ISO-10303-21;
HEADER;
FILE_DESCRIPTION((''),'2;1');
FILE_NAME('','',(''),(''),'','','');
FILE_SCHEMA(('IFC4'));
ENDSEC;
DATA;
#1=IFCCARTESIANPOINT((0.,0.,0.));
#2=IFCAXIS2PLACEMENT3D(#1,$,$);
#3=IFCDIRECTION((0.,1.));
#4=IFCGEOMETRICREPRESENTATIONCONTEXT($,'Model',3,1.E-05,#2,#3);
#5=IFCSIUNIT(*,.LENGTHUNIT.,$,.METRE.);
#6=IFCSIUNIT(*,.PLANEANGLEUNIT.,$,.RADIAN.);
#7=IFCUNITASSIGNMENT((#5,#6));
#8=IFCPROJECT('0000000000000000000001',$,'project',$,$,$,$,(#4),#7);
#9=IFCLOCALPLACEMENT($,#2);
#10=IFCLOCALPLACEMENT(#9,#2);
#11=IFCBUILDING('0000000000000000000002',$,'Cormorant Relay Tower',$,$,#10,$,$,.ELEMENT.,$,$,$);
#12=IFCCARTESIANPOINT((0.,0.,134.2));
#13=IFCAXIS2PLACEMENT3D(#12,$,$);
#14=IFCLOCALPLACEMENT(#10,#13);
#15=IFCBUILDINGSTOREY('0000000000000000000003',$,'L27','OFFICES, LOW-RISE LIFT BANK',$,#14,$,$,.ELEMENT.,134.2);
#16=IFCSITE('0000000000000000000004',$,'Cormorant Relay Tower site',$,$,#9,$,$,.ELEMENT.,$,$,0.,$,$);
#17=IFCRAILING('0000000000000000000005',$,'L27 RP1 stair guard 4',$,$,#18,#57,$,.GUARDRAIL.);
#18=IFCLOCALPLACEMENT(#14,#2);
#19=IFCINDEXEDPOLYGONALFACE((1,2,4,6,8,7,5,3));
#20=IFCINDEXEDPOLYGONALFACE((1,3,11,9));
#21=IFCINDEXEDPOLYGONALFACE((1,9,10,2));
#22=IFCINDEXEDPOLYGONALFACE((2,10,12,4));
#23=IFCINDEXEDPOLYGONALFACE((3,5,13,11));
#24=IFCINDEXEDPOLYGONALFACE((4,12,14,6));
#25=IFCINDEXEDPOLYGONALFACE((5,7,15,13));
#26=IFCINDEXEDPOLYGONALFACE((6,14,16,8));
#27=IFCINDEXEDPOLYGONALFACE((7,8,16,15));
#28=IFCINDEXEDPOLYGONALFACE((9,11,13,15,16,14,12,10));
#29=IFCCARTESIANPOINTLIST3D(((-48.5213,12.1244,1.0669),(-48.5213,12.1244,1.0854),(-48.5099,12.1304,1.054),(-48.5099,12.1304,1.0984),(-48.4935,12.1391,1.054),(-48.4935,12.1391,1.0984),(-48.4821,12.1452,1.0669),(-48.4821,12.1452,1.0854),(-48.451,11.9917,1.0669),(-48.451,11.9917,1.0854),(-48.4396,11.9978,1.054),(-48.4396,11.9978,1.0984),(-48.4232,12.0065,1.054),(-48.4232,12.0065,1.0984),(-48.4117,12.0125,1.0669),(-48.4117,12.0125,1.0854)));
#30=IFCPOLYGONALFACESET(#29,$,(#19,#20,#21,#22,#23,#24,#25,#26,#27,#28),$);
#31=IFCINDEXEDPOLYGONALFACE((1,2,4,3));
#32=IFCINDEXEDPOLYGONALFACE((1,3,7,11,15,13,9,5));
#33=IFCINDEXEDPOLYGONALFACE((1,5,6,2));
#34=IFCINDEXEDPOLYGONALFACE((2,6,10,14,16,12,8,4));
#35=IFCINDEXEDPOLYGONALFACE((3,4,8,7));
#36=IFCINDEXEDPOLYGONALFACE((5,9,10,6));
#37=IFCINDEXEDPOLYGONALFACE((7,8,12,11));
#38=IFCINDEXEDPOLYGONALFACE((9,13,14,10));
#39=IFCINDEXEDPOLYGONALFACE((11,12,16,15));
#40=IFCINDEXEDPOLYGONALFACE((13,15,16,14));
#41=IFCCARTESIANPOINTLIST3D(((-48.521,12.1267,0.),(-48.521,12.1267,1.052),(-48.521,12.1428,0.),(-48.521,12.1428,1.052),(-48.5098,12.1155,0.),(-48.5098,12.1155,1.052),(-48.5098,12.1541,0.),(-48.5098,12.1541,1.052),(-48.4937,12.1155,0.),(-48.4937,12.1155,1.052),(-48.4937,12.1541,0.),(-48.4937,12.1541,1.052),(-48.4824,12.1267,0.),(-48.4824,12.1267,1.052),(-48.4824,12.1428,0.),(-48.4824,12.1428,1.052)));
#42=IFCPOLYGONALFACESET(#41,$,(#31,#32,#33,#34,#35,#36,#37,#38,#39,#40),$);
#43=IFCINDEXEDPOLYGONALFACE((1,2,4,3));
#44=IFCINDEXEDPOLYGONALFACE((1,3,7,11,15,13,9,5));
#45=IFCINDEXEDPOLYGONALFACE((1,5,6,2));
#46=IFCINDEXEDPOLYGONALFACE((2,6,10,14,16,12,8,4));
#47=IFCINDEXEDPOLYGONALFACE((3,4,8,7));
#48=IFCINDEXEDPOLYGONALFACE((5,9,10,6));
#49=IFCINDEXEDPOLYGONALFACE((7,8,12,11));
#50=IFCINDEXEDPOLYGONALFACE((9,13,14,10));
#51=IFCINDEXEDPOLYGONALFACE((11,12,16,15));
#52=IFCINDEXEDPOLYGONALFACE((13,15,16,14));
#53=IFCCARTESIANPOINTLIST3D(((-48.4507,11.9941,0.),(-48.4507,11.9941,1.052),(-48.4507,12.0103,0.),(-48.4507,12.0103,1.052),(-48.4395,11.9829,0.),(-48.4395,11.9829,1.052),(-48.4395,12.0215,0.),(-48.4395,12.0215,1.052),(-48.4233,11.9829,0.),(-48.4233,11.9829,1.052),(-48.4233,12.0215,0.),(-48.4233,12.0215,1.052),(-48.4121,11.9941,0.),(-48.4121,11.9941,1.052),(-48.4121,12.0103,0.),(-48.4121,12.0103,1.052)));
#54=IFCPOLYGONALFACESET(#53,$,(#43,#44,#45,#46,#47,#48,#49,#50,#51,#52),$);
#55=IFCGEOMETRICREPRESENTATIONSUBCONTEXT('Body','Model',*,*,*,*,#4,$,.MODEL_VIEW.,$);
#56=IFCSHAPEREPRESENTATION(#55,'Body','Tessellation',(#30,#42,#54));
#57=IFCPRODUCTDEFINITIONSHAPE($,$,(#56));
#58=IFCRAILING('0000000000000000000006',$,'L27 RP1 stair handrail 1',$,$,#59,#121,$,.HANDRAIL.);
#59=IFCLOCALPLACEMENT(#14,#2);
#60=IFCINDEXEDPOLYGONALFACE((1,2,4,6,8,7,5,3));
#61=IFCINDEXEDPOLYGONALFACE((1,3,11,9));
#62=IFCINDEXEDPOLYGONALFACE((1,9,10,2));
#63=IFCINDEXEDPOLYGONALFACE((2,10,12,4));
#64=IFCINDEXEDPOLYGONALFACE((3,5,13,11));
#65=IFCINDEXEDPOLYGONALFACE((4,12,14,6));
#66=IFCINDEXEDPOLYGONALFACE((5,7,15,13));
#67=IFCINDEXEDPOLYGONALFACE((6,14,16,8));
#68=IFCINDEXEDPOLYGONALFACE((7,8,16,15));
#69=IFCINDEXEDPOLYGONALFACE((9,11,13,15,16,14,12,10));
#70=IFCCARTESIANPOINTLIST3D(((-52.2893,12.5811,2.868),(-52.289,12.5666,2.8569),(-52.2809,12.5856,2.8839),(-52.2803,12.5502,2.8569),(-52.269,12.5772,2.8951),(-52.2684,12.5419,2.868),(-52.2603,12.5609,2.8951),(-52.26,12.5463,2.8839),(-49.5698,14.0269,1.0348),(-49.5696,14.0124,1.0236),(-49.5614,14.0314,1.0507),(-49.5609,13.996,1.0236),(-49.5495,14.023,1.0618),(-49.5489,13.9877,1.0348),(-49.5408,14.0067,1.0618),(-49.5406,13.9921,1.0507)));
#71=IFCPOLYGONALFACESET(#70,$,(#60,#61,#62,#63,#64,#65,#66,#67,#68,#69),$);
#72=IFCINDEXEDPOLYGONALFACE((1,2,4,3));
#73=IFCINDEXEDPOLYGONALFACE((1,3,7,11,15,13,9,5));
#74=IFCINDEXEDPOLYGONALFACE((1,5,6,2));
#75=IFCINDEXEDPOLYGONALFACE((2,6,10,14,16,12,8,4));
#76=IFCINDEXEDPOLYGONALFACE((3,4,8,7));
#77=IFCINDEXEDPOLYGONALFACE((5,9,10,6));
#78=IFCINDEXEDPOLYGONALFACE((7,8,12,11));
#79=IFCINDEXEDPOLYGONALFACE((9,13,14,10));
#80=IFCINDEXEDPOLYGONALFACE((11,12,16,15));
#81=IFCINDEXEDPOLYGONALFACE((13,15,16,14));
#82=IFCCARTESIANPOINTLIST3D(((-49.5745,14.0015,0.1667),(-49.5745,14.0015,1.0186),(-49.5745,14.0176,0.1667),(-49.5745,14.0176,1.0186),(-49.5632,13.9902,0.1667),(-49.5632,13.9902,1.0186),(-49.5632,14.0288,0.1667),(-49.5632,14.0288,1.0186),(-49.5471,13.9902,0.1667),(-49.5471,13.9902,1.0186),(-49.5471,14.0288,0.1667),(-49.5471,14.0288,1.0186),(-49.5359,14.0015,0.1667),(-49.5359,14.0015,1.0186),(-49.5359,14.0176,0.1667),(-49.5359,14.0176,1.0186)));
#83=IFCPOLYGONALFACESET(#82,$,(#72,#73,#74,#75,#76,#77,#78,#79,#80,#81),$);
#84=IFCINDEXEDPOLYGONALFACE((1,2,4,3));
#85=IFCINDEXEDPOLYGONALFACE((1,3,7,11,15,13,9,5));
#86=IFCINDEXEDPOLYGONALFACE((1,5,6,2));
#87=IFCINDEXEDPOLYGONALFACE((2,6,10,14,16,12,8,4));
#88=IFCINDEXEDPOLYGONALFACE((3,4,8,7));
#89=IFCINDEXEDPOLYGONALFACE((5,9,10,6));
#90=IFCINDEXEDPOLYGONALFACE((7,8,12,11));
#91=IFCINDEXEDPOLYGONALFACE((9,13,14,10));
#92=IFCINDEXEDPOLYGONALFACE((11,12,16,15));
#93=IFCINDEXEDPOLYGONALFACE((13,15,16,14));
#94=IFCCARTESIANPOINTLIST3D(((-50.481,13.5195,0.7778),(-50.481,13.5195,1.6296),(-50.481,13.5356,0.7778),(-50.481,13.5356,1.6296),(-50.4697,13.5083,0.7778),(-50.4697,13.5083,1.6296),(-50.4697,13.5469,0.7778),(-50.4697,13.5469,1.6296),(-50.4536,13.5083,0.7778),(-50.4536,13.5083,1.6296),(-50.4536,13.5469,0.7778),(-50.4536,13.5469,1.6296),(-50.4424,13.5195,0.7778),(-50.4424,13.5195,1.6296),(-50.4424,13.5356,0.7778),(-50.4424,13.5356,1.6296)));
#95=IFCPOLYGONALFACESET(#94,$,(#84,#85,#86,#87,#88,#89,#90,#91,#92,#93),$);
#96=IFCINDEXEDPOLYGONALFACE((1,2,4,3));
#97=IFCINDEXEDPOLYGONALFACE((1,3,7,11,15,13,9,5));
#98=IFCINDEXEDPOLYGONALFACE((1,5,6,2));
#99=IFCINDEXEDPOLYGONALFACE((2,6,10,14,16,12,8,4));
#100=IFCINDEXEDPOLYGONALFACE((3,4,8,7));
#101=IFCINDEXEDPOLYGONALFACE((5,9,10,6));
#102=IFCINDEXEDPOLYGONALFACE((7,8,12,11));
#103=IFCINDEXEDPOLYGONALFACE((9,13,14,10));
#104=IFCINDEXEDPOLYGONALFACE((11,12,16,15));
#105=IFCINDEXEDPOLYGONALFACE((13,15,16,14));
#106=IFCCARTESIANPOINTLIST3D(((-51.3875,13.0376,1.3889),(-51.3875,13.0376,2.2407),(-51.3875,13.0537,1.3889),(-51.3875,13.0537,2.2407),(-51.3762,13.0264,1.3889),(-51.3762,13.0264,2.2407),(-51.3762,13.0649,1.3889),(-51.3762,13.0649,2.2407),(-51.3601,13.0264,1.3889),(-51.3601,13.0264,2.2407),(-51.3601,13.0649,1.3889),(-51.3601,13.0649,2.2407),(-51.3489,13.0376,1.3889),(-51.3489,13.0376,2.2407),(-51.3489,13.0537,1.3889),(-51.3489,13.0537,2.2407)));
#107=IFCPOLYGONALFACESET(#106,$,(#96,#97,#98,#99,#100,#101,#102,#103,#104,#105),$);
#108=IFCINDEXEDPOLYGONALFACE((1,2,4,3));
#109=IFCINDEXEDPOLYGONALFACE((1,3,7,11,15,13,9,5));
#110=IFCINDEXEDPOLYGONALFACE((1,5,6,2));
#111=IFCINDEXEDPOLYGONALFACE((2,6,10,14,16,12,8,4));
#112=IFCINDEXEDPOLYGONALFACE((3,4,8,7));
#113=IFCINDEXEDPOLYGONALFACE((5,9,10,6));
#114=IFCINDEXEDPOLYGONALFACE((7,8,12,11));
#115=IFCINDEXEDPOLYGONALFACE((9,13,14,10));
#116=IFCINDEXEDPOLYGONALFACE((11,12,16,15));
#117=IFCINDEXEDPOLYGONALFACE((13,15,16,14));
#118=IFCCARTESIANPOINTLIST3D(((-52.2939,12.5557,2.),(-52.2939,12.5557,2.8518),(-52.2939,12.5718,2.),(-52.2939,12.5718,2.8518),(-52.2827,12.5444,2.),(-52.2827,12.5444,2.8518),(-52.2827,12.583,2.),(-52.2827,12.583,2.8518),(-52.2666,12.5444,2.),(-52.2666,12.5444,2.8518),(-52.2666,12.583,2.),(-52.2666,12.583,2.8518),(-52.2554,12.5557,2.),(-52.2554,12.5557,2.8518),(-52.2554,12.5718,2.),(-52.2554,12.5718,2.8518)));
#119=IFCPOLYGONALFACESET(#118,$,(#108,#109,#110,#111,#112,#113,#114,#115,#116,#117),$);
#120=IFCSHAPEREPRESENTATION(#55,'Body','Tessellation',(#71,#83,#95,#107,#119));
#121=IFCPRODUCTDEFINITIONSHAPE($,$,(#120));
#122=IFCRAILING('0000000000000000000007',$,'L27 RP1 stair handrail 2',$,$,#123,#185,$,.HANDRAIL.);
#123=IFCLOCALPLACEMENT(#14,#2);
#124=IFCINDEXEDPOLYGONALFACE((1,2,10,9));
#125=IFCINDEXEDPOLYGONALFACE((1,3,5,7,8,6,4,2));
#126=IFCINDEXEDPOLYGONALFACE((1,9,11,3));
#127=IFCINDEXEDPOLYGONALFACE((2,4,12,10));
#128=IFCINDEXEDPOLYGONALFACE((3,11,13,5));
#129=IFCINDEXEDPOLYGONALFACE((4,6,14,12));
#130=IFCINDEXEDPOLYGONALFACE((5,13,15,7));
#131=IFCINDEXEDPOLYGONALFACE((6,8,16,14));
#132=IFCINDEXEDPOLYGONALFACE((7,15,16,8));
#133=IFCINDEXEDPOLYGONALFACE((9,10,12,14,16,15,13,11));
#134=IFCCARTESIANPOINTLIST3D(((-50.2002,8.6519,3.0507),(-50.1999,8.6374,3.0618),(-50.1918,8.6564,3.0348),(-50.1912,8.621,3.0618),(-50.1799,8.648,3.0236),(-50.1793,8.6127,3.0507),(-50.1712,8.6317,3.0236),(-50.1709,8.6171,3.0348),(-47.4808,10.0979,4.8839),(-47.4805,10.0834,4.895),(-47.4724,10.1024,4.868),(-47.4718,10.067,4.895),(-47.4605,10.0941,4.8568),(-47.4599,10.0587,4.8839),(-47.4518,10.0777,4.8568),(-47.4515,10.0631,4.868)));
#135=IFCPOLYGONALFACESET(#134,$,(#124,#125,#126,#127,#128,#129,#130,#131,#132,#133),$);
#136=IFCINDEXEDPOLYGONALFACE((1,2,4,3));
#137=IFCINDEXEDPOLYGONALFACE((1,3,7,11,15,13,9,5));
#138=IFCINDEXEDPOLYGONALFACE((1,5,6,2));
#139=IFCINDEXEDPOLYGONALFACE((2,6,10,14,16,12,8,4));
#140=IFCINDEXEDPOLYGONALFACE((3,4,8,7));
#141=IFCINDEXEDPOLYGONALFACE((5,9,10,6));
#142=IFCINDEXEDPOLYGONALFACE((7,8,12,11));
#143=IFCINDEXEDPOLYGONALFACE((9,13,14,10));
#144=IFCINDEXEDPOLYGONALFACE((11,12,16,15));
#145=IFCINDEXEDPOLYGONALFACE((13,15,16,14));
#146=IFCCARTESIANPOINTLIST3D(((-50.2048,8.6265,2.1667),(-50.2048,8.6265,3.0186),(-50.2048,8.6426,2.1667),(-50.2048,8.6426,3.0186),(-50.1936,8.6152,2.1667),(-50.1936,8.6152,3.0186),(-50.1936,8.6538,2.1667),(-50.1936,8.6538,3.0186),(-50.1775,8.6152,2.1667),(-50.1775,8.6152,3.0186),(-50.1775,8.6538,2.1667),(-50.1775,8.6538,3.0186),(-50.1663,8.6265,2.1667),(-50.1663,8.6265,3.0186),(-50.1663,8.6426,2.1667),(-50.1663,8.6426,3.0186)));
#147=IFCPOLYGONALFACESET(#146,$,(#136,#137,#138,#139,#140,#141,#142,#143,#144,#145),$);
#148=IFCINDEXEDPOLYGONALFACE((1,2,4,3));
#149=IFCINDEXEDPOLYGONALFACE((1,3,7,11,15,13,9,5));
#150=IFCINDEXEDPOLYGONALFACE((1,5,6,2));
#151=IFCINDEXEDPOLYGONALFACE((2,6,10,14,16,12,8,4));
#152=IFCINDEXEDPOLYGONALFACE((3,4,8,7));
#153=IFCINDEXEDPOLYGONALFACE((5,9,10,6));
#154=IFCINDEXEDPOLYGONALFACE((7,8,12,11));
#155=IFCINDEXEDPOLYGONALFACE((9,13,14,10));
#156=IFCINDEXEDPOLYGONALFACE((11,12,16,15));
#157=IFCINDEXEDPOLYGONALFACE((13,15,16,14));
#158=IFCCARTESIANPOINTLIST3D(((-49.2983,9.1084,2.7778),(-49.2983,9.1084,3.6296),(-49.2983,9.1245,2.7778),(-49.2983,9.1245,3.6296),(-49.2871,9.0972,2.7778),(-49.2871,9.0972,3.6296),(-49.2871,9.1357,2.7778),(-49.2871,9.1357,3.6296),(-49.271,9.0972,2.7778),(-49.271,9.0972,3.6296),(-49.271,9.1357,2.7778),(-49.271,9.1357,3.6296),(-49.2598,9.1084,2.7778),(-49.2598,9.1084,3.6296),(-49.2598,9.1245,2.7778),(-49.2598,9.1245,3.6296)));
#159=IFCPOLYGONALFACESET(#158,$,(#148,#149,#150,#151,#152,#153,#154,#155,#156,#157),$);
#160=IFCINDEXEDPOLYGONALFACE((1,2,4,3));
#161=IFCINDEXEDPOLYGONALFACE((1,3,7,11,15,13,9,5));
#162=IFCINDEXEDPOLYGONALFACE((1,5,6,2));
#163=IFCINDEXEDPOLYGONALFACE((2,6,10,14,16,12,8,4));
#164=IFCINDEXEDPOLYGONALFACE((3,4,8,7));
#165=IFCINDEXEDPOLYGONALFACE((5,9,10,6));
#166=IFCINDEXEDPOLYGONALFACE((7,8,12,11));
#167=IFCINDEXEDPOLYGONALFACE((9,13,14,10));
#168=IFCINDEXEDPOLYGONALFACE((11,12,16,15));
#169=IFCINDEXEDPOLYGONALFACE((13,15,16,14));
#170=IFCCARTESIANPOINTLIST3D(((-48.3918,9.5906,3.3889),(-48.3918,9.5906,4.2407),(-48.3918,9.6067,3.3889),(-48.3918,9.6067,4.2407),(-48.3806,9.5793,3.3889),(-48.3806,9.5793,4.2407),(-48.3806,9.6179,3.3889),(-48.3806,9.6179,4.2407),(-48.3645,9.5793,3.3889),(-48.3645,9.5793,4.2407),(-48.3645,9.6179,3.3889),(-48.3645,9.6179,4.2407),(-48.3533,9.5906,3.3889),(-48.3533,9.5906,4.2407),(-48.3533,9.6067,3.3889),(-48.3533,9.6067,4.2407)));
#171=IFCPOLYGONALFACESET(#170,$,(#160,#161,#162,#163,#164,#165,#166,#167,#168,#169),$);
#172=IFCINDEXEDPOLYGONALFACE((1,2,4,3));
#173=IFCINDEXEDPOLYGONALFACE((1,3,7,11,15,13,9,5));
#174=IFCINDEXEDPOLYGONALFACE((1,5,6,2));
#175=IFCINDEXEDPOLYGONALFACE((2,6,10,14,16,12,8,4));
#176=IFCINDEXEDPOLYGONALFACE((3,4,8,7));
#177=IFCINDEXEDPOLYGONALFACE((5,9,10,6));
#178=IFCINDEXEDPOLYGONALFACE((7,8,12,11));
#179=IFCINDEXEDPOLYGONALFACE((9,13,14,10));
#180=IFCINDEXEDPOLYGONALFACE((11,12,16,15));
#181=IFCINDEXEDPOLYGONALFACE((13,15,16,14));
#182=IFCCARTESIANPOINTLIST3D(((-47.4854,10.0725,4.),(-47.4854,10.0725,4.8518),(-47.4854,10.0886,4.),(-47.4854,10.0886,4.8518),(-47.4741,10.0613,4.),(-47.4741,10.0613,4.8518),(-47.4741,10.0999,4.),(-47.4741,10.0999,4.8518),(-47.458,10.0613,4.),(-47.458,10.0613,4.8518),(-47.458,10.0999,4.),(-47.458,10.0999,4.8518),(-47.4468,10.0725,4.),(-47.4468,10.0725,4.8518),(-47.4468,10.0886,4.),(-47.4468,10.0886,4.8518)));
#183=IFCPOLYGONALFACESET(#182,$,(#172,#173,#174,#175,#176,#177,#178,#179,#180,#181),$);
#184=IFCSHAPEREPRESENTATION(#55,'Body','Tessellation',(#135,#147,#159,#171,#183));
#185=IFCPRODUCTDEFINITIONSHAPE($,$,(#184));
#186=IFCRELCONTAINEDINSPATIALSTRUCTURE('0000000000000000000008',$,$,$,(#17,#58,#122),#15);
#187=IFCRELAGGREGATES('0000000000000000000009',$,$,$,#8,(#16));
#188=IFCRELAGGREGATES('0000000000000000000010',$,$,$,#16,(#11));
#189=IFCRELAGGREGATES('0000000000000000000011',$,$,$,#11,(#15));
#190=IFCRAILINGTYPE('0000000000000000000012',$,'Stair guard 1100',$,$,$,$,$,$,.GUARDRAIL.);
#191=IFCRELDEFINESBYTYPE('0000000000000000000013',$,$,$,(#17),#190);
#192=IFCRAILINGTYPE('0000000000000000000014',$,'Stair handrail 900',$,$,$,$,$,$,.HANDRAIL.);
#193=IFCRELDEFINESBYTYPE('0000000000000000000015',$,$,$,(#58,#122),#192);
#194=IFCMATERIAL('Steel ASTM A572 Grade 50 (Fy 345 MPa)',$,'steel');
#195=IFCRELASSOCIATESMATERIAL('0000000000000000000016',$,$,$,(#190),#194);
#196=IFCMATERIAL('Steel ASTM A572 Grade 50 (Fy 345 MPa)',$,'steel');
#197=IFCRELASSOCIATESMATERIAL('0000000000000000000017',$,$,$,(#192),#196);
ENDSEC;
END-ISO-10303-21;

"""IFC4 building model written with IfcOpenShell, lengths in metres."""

from ifc_helpers import new_model, si_unit, direction, frame, origin, place, context, subcontext, project, spatial, polyline, outline, extrude, material, type_object, element, save


model = new_model("IFC4")

# Units and contexts
model_context = context("Model", 3, precision=1e-05, world=origin(), true_north=direction((0.0, 1.0)))
body_context = subcontext(model_context, "Body", "Model", "MODEL_VIEW")
ifc_project = project(units=[si_unit("LENGTHUNIT", "METRE"), si_unit("PLANEANGLEUNIT", "RADIAN")], contexts=[model_context])

# Site, building, storey
site_placement = place(None, origin())
site = spatial("IfcSite", under=ifc_project, at=site_placement, Name="Cormorant Relay Tower site", CompositionType="ELEMENT", RefElevation=0.0)
building_placement = place(site_placement, origin())
building = spatial("IfcBuilding", under=site, at=building_placement, Name="Cormorant Relay Tower", CompositionType="ELEMENT")
storey_placement = place(building_placement, frame((0.0, 0.0, 134.2)))
storey = spatial("IfcBuildingStorey", under=building, at=storey_placement, Name="L27", Description="OFFICES, LOW-RISE LIFT BANK", CompositionType="ELEMENT", Elevation=134.2)

# Railings
ifc_material_1 = material(Name="Steel ASTM A572 Grade 50 (Fy 345 MPa)", Category="steel")
railing_type_1 = type_object("IfcRailingType", Name="Stair guard 1100", PredefinedType="GUARDRAIL", material=ifc_material_1)
railing_1_placement = place(storey_placement, frame((-48.5017, 12.1348, 0.0)))
element("IfcRailing", 1, at=railing_1_placement, inside=storey, type_object=railing_type_1, Name="L27 RP1 stair guard 4", PredefinedType="GUARDRAIL", context=body_context, shape_type="SweptSolid", body=[
    extrude(outline(polyline([(0.0222, 0.0093), (0.0093, 0.0222), (-0.0093, 0.0222), (-0.0222, 0.0093), (-0.0222, -0.0093), (-0.0093, -0.0222), (0.0093, -0.0222), (0.0222, -0.0093), (0.0222, 0.0093)])), frame((0.0, 0.0, 1.0762), z_axis=(0.46856, -0.883431, 0.0), x_axis=(0.883431, 0.46856, 0.0)), (0.0, 0.0, 1.0), 0.1501),
    extrude(outline(polyline([(0.0193, 0.0081), (0.0081, 0.0193), (-0.0081, 0.0193), (-0.0193, 0.0081), (-0.0193, -0.0081), (-0.0081, -0.0193), (0.0081, -0.0193), (0.0193, -0.0081), (0.0193, 0.0081)])), origin(), (0.0, 0.0, 1.0), 1.052),
    extrude(outline(polyline([(0.0193, 0.0081), (0.0081, 0.0193), (-0.0081, 0.0193), (-0.0193, 0.0081), (-0.0193, -0.0081), (-0.0081, -0.0193), (0.0081, -0.0193), (0.0193, -0.0081), (0.0193, 0.0081)])), frame((0.0703, -0.1326, 0.0)), (0.0, 0.0, 1.0), 1.052),
])
ifc_material_2 = material(Name="Steel ASTM A572 Grade 50 (Fy 345 MPa)", Category="steel")
railing_type_2 = type_object("IfcRailingType", Name="Stair handrail 900", PredefinedType="HANDRAIL", material=ifc_material_2)
railing_2_placement = place(storey_placement, frame((-49.5552, 14.0095, 0.1667)))
element("IfcRailing", 2, at=railing_2_placement, inside=storey, type_object=railing_type_2, Name="L27 RP1 stair handrail 1", PredefinedType="HANDRAIL", context=body_context, shape_type="SweptSolid", body=[
    extrude(outline(polyline([(0.0222, 0.0093), (0.0093, 0.0222), (-0.0093, 0.0222), (-0.0222, 0.0093), (-0.0222, -0.0093), (-0.0093, -0.0222), (0.0093, -0.0222), (0.0222, -0.0093), (0.0222, 0.0093)])), frame((0.0, 0.0, 0.876), z_axis=(-0.758735, -0.403378, 0.511477), x_axis=(0.469428, -0.882971, 0.0)), (0.0, 0.0, 1.0), 3.5842),
    extrude(outline(polyline([(0.0193, 0.0081), (0.0081, 0.0193), (-0.0081, 0.0193), (-0.0193, 0.0081), (-0.0193, -0.0081), (-0.0081, -0.0193), (0.0081, -0.0193), (0.0193, -0.0081), (0.0193, 0.0081)])), origin(), (0.0, 0.0, 1.0), 0.8518),
    extrude(outline(polyline([(0.0193, 0.0081), (0.0081, 0.0193), (-0.0081, 0.0193), (-0.0193, 0.0081), (-0.0193, -0.0081), (-0.0081, -0.0193), (0.0081, -0.0193), (0.0193, -0.0081), (0.0193, 0.0081)])), frame((-0.9065, -0.4819, 0.6111)), (0.0, 0.0, 1.0), 0.8518),
    extrude(outline(polyline([(0.0193, 0.0081), (0.0081, 0.0193), (-0.0081, 0.0193), (-0.0193, 0.0081), (-0.0193, -0.0081), (-0.0081, -0.0193), (0.0081, -0.0193), (0.0193, -0.0081), (0.0193, 0.0081)])), frame((-1.813, -0.9639, 1.2222)), (0.0, 0.0, 1.0), 0.8518),
    extrude(outline(polyline([(0.0193, 0.0081), (0.0081, 0.0193), (-0.0081, 0.0193), (-0.0193, 0.0081), (-0.0193, -0.0081), (-0.0081, -0.0193), (0.0081, -0.0193), (0.0193, -0.0081), (0.0193, 0.0081)])), frame((-2.7195, -1.4458, 1.8333)), (0.0, 0.0, 1.0), 0.8518),
])
railing_3_placement = place(storey_placement, frame((-50.1855, 8.6345, 2.1667)))
element("IfcRailing", 3, at=railing_3_placement, inside=storey, type_object=railing_type_2, Name="L27 RP1 stair handrail 2", PredefinedType="HANDRAIL", context=body_context, shape_type="SweptSolid", body=[
    extrude(outline(polyline([(0.0222, 0.0093), (0.0093, 0.0222), (-0.0093, 0.0222), (-0.0222, 0.0093), (-0.0222, -0.0093), (-0.0093, -0.0222), (0.0093, -0.0222), (0.0222, -0.0093), (0.0222, 0.0093)])), frame((0.0, 0.0, 0.876), z_axis=(0.758714, 0.403435, 0.511463), x_axis=(-0.469489, 0.882938, 0.0)), (0.0, 0.0, 1.0), 3.5842),
    extrude(outline(polyline([(0.0193, 0.0081), (0.0081, 0.0193), (-0.0081, 0.0193), (-0.0193, 0.0081), (-0.0193, -0.0081), (-0.0081, -0.0193), (0.0081, -0.0193), (0.0193, -0.0081), (0.0193, 0.0081)])), origin(), (0.0, 0.0, 1.0), 0.8518),
    extrude(outline(polyline([(0.0193, 0.0081), (0.0081, 0.0193), (-0.0081, 0.0193), (-0.0193, 0.0081), (-0.0193, -0.0081), (-0.0081, -0.0193), (0.0081, -0.0193), (0.0193, -0.0081), (0.0193, 0.0081)])), frame((0.9065, 0.4819, 0.6111)), (0.0, 0.0, 1.0), 0.8518),
    extrude(outline(polyline([(0.0193, 0.0081), (0.0081, 0.0193), (-0.0081, 0.0193), (-0.0193, 0.0081), (-0.0193, -0.0081), (-0.0081, -0.0193), (0.0081, -0.0193), (0.0193, -0.0081), (0.0193, 0.0081)])), frame((1.813, 0.9641, 1.2222)), (0.0, 0.0, 1.0), 0.8518),
    extrude(outline(polyline([(0.0193, 0.0081), (0.0081, 0.0193), (-0.0081, 0.0193), (-0.0193, 0.0081), (-0.0193, -0.0081), (-0.0081, -0.0193), (0.0081, -0.0193), (0.0193, -0.0081), (0.0193, 0.0081)])), frame((2.7195, 1.446, 1.8333)), (0.0, 0.0, 1.0), 0.8518),
])

save(model, "model.ifc")
